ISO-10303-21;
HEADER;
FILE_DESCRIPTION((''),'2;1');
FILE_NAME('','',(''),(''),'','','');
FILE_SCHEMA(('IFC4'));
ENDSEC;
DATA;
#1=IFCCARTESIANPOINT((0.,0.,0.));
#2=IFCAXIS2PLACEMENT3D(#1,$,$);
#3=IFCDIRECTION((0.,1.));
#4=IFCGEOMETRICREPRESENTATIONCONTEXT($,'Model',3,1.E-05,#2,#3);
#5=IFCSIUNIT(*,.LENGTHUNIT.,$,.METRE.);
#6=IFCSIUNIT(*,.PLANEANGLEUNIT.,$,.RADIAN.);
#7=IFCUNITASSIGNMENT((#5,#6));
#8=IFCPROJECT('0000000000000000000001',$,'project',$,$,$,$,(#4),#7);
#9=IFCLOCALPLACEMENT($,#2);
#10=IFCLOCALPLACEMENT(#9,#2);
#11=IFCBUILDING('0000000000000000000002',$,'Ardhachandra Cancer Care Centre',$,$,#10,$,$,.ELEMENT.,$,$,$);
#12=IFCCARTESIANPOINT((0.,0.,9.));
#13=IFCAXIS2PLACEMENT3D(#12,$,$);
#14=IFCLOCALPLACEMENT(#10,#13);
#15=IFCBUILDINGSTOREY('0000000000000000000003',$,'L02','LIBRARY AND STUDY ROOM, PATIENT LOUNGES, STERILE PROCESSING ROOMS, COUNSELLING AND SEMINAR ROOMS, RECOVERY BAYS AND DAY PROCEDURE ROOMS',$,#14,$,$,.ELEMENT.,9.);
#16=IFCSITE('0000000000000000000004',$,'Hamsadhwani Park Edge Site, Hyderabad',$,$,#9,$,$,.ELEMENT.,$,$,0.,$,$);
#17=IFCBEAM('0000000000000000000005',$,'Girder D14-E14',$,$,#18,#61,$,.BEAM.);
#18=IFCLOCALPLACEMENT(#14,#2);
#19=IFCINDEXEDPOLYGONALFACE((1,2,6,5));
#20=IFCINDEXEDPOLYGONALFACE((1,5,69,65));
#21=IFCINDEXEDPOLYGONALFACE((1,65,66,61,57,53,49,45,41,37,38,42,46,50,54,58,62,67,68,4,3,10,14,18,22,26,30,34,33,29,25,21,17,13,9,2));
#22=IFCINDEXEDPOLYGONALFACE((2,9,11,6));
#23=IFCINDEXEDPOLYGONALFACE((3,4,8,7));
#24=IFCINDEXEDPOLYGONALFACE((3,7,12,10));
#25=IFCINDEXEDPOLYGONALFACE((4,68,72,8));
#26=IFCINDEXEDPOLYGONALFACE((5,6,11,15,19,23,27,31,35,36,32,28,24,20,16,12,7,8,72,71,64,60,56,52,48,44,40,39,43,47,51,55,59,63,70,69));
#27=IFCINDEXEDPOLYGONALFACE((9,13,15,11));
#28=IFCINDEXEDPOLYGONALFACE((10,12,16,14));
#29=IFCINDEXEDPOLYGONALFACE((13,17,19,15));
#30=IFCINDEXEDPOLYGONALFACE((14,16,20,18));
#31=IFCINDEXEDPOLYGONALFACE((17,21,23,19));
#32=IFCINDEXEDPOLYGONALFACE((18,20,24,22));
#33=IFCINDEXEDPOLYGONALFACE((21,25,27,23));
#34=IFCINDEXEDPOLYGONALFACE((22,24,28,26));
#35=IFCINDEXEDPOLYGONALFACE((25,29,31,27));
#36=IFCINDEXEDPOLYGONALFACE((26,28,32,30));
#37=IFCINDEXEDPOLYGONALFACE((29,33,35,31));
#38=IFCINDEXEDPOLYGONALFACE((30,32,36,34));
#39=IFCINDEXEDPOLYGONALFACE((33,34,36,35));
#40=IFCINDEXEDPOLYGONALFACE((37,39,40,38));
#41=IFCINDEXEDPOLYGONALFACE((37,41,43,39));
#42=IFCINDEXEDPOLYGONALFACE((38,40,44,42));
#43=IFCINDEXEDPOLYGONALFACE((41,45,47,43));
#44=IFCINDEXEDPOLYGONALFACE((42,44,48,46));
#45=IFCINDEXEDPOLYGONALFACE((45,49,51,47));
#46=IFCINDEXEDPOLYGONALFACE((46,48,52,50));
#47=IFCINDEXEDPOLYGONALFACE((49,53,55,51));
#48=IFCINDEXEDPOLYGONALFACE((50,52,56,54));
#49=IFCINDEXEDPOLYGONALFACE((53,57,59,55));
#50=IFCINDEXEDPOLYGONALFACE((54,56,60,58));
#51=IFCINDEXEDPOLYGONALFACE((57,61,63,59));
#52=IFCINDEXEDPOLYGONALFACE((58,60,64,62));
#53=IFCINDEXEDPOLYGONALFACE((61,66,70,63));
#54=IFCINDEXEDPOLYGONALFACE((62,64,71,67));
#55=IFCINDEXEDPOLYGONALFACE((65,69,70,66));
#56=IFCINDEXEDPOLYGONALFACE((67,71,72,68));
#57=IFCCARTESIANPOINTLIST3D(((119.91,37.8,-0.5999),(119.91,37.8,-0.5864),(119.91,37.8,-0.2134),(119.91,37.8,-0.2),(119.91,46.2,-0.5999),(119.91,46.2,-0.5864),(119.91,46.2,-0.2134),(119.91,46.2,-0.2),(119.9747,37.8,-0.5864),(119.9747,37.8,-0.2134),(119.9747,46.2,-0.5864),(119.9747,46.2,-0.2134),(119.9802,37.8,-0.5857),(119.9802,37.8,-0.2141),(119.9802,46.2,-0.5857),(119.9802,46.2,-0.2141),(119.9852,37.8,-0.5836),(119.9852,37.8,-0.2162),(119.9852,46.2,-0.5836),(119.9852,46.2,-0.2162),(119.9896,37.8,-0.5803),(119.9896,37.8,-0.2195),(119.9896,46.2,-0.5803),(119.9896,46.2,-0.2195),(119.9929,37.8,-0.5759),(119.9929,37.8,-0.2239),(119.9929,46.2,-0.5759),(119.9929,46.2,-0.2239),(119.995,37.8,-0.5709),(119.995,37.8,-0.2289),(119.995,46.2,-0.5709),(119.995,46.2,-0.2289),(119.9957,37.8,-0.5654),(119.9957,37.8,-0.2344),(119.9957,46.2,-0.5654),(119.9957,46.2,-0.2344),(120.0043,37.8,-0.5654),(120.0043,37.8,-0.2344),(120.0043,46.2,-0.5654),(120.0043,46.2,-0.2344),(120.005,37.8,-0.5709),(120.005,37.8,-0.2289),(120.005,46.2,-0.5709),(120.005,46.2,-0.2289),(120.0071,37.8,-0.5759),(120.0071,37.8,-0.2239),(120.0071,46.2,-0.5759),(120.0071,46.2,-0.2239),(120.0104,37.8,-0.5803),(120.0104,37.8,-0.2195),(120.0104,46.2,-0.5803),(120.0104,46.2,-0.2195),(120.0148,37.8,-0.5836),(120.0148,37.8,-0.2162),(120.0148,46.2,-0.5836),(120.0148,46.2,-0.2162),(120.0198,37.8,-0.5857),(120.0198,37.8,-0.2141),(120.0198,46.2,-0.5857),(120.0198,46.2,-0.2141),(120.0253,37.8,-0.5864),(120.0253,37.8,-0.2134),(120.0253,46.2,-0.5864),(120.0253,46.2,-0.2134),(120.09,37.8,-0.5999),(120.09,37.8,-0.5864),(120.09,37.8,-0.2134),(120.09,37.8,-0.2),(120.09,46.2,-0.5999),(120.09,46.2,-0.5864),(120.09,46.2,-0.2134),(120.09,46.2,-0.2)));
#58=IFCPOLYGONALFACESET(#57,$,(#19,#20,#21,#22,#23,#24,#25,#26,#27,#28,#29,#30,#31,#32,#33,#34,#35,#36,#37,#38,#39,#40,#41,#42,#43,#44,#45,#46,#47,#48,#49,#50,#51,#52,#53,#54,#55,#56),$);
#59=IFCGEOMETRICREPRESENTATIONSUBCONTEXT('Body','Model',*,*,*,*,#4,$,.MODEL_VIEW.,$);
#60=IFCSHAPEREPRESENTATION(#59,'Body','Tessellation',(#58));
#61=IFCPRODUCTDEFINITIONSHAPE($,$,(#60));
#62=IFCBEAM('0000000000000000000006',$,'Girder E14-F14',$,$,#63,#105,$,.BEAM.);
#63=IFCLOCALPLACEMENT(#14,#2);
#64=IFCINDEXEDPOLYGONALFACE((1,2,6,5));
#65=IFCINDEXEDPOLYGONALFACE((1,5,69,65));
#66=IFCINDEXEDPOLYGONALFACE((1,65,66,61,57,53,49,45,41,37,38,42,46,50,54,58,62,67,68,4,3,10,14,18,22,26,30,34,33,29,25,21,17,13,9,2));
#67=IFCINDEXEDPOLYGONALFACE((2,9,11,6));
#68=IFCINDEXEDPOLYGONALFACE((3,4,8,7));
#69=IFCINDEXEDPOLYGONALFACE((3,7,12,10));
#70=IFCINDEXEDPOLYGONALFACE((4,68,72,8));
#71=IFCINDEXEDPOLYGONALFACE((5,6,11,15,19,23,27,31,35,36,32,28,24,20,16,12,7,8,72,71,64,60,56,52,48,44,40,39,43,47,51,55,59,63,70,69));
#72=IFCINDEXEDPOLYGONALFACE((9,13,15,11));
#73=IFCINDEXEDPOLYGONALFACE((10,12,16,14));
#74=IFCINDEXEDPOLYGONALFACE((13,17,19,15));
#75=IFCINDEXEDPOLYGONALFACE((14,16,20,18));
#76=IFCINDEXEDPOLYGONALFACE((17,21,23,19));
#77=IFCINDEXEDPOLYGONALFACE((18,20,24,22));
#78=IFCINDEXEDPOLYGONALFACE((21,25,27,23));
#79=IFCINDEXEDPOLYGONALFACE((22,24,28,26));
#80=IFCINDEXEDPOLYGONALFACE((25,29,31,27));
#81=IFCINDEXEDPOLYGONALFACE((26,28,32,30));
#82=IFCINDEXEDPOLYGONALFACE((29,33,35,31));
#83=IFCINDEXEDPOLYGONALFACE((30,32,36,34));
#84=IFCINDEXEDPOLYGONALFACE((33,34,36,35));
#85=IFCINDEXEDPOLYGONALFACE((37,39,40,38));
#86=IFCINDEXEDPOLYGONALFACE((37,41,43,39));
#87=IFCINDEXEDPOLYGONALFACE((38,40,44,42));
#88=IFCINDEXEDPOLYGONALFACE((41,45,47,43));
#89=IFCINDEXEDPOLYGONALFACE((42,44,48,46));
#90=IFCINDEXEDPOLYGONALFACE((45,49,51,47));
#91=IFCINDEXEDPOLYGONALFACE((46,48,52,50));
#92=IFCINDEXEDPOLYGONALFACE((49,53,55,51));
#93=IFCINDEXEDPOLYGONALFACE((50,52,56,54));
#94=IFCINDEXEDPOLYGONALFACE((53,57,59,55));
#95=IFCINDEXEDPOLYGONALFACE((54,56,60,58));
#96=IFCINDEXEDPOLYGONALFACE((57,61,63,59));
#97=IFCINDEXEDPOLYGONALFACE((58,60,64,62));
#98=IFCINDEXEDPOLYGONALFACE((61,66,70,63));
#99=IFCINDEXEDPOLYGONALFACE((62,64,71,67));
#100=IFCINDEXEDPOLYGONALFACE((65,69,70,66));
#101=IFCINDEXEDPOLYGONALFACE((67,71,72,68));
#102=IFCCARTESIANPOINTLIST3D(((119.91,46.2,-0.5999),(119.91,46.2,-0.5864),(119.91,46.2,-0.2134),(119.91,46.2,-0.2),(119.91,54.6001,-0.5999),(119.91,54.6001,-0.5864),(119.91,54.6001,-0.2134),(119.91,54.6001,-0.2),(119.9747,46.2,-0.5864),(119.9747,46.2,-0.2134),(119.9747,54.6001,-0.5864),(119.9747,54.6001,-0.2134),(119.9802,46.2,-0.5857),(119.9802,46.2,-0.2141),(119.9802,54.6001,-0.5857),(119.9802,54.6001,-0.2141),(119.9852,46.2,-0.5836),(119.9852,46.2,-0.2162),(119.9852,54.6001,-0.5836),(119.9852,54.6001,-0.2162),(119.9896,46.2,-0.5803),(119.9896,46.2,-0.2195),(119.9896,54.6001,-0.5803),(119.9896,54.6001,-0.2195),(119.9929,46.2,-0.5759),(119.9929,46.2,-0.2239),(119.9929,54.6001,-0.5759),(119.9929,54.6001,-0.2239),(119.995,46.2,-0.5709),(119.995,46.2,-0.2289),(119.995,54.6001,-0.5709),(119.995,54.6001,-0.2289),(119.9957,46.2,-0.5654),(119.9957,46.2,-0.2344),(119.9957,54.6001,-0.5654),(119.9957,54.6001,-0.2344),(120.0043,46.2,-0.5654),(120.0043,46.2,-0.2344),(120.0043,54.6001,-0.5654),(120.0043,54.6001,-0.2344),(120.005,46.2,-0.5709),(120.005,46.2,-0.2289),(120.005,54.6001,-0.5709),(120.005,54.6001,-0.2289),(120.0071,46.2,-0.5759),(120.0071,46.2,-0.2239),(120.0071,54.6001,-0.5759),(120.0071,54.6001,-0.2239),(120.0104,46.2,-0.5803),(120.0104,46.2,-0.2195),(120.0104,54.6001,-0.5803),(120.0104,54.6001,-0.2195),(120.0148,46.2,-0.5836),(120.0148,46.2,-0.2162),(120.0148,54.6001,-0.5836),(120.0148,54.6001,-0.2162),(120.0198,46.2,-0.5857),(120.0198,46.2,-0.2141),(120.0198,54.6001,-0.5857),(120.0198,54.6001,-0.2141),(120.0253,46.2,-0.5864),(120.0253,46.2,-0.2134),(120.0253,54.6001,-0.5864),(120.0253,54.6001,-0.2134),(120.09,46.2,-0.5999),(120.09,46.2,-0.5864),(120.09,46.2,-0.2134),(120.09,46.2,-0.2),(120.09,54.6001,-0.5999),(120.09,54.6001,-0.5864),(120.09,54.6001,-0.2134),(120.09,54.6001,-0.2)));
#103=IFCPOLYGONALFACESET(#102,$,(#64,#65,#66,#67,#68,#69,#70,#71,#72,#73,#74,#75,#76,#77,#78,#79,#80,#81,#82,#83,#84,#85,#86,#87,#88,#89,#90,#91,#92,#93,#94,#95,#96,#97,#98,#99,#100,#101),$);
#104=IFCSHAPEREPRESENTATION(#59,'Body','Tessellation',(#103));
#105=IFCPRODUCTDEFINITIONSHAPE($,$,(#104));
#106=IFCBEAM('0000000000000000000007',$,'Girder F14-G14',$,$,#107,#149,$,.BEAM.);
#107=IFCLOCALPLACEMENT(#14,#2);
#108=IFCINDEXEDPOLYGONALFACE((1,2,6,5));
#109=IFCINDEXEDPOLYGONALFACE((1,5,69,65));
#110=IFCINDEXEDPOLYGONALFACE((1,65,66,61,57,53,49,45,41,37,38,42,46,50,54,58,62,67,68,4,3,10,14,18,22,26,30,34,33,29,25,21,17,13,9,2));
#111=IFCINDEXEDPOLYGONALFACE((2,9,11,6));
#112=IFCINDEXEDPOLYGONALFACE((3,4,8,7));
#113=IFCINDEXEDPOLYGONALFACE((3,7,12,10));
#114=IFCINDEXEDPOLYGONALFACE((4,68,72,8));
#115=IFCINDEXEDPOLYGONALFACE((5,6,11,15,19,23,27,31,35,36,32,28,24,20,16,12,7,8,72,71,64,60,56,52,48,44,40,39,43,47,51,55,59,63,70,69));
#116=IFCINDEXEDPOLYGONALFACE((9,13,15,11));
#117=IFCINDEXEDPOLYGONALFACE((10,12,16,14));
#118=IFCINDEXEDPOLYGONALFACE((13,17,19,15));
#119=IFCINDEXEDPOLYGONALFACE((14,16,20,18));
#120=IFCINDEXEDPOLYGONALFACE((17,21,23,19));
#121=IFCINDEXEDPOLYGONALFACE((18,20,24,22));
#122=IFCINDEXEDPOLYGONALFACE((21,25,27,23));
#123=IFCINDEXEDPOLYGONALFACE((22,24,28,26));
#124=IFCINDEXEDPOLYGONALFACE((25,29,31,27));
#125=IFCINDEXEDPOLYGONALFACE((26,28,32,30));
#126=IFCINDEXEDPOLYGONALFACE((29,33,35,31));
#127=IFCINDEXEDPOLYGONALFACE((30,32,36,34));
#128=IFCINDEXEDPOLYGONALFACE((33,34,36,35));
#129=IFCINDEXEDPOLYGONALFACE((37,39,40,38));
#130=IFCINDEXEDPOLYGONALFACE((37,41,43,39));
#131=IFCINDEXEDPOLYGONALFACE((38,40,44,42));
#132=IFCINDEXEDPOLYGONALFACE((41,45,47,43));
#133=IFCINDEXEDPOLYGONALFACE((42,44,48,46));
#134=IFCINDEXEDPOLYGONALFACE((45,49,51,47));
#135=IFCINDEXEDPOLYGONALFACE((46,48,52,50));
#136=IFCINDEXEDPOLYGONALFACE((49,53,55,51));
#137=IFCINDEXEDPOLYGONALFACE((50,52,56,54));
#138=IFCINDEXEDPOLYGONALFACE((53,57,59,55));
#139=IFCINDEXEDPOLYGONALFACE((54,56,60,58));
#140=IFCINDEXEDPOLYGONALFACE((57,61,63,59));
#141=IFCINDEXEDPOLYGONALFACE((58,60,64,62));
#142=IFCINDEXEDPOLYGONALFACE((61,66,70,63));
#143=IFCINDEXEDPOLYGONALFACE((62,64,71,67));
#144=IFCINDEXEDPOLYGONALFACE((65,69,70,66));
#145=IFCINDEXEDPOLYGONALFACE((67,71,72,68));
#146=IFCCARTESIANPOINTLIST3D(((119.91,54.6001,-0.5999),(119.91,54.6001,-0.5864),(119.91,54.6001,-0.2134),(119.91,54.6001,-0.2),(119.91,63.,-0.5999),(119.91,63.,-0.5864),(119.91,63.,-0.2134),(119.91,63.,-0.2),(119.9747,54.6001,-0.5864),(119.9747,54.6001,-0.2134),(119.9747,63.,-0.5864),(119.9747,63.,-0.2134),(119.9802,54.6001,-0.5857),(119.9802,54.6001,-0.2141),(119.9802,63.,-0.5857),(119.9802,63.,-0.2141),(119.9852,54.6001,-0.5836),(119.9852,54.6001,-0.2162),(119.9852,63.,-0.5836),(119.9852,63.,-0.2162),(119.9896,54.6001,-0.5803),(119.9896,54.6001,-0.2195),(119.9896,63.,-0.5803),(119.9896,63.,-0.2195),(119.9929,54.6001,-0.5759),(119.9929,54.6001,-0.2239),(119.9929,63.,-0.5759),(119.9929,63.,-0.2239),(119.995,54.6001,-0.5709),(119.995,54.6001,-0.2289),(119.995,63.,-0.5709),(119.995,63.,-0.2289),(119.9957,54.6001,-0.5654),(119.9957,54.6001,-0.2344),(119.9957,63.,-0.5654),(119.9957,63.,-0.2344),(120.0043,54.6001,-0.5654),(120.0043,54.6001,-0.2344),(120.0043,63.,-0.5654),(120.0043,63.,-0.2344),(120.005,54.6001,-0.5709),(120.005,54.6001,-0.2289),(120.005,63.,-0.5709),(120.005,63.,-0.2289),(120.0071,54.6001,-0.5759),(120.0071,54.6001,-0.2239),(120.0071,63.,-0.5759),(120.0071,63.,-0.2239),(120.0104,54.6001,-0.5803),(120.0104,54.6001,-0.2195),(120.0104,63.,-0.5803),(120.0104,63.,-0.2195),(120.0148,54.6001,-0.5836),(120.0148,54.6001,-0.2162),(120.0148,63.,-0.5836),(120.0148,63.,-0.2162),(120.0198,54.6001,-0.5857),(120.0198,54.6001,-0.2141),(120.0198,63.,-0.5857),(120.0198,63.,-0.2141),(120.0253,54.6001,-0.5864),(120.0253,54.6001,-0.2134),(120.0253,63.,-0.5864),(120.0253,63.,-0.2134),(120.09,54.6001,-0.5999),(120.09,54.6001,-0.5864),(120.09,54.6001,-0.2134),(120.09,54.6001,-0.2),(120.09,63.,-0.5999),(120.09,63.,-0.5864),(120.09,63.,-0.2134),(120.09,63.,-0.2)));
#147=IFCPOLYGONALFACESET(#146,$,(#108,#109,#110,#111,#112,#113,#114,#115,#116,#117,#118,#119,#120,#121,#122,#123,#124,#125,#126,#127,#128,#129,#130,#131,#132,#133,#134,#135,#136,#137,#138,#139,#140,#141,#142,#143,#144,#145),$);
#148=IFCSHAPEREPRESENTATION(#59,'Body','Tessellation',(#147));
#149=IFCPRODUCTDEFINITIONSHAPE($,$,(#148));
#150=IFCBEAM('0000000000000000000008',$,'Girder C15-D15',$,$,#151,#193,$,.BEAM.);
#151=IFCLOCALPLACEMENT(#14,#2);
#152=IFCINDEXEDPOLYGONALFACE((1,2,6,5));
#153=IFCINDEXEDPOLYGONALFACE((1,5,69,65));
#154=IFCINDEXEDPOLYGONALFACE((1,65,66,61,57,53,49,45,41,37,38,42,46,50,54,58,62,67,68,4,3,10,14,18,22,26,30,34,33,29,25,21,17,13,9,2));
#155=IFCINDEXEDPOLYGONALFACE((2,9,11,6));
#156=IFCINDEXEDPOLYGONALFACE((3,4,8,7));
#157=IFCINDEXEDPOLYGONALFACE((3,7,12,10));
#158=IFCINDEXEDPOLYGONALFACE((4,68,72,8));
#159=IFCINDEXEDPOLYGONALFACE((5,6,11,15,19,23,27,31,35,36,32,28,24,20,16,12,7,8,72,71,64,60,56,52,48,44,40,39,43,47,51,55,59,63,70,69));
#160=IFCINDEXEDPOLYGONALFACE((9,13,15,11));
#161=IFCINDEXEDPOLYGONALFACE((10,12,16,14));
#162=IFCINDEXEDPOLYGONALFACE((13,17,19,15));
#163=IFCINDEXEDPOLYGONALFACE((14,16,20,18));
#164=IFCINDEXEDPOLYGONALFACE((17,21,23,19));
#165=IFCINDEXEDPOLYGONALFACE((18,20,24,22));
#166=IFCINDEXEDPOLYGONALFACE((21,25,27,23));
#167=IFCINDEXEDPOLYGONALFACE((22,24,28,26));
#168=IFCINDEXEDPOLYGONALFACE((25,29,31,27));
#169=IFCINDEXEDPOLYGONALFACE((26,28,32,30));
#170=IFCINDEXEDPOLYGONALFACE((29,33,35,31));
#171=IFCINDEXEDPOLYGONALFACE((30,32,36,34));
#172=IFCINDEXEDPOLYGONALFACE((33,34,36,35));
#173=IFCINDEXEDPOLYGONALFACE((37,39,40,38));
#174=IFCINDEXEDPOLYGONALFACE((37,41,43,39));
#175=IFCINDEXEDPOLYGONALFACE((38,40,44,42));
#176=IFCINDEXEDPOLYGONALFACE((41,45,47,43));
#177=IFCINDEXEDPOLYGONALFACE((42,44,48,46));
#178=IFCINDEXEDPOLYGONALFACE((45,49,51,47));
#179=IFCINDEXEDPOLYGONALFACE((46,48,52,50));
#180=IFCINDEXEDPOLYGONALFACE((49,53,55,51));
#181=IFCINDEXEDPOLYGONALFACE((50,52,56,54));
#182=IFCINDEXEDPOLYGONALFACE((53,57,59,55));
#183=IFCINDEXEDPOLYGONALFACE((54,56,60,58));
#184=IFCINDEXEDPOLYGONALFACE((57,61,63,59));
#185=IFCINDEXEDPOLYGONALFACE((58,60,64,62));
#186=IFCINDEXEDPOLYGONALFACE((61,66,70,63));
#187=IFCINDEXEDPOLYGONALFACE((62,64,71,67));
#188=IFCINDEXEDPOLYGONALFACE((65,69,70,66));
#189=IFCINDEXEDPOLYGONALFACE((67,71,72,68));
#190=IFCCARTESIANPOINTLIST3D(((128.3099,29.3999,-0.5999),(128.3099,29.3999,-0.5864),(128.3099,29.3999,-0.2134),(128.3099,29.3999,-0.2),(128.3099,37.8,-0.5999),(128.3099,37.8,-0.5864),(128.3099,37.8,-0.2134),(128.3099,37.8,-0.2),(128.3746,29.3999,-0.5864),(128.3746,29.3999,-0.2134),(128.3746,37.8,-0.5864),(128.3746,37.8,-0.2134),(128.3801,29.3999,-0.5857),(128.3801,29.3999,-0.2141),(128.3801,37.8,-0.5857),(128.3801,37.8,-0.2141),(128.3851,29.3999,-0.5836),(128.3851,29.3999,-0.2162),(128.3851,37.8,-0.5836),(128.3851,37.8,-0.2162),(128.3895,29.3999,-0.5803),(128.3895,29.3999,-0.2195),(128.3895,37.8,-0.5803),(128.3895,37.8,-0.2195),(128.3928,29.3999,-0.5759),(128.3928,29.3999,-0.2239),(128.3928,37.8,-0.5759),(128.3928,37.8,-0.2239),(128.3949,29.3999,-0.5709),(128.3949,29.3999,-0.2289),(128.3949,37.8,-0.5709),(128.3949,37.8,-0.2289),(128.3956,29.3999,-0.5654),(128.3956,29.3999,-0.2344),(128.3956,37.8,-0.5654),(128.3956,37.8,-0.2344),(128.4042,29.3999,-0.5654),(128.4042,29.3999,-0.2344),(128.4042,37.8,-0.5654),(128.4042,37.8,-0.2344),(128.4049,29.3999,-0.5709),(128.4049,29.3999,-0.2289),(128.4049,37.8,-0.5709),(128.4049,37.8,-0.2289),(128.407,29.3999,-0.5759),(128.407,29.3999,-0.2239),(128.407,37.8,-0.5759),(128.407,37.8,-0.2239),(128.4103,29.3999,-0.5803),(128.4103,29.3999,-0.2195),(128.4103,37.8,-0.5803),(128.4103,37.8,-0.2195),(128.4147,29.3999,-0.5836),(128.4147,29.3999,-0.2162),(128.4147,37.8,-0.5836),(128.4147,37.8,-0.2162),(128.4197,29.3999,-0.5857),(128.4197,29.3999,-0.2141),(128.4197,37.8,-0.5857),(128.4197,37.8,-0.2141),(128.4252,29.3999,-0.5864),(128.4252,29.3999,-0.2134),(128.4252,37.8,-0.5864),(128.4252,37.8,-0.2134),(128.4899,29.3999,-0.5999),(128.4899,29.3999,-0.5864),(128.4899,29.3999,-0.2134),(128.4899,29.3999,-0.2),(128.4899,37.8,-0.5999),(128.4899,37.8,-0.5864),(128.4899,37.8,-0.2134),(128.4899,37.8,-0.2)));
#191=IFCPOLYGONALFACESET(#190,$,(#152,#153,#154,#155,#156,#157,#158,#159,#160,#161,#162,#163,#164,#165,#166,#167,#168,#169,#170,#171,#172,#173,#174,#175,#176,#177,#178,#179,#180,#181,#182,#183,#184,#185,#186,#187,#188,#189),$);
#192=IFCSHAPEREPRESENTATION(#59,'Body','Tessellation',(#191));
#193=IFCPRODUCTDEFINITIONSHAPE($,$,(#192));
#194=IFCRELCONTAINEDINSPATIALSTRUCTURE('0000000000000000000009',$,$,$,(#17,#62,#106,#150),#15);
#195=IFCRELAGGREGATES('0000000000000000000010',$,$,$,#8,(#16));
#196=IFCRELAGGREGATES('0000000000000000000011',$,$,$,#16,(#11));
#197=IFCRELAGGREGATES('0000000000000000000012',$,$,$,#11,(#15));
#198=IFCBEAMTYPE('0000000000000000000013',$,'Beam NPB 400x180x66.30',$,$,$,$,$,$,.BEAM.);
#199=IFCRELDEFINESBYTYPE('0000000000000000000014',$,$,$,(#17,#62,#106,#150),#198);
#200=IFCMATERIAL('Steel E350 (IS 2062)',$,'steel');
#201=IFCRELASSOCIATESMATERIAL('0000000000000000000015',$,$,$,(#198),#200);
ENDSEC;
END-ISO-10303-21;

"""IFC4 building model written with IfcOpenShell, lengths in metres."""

from ifc_helpers import new_model, si_unit, direction, frame, origin, origin_2d, place, context, subcontext, project, spatial, i_section, extrude, material, material_profile, profile_set, type_object, element, save


model = new_model("IFC4")

# Units and contexts
model_context = context("Model", 3, precision=1e-05, world=origin(), true_north=direction((0.0, 1.0)))
body_context = subcontext(model_context, "Body", "Model", "MODEL_VIEW")
ifc_project = project(units=[si_unit("LENGTHUNIT", "METRE"), si_unit("PLANEANGLEUNIT", "RADIAN")], contexts=[model_context])

# Site, building, storey
site_placement = place(None, origin())
site = spatial("IfcSite", under=ifc_project, at=site_placement, Name="Hamsadhwani Park Edge Site, Hyderabad", CompositionType="ELEMENT", RefElevation=0.0)
building_placement = place(site_placement, origin())
building = spatial("IfcBuilding", under=site, at=building_placement, Name="Ardhachandra Cancer Care Centre", CompositionType="ELEMENT")
storey_placement = place(building_placement, frame((0.0, 0.0, 9.0)))
storey = spatial("IfcBuildingStorey", under=building, at=storey_placement, Name="L02", Description="LIBRARY AND STUDY ROOM, PATIENT LOUNGES, STERILE PROCESSING ROOMS, COUNSELLING AND SEMINAR ROOMS, RECOVERY BAYS AND DAY PROCEDURE ROOMS", CompositionType="ELEMENT", Elevation=9.0)

# Beams
ifc_material_1 = material(Name="Steel E350 (IS 2062)", Category="steel")
ifc_material_profile_1 = material_profile(ifc_material_1, i_section(OverallWidth=0.1799, OverallDepth=0.3999, WebThickness=0.0085, FlangeThickness=0.0134, FilletRadius=0.021, at=origin_2d()), Name="NPB 400x180x66.30")
ifc_profile_set_1 = profile_set([ifc_material_profile_1], Name="Steel E350 (IS 2062)")
beam_type_1 = type_object("IfcBeamType", Name="Beam NPB 400x180x66.30", PredefinedType="BEAM", material=ifc_profile_set_1)
beam_1_placement = place(storey_placement, frame((120.0, 37.8, -0.3999), z_axis=(0.0, 1.0, 0.0), x_axis=(-1.0, 0.0, 0.0)))
element("IfcBeam", 1, at=beam_1_placement, inside=storey, type_object=beam_type_1, Name="Girder D14-E14", PredefinedType="BEAM", context=body_context, shape_type="SweptSolid", body=[
    extrude(i_section(OverallWidth=0.1799, OverallDepth=0.3999, WebThickness=0.0085, FlangeThickness=0.0134, FilletRadius=0.021, at=origin_2d()), origin(), (0.0, 0.0, 1.0), 8.3999),
])
beam_2_placement = place(storey_placement, frame((120.0, 46.2, -0.3999), z_axis=(0.0, 1.0, 0.0), x_axis=(-1.0, 0.0, 0.0)))
element("IfcBeam", 2, at=beam_2_placement, inside=storey, type_object=beam_type_1, Name="Girder E14-F14", PredefinedType="BEAM", context=body_context, shape_type="SweptSolid", body=[
    extrude(i_section(OverallWidth=0.1799, OverallDepth=0.3999, WebThickness=0.0085, FlangeThickness=0.0134, FilletRadius=0.021, at=origin_2d()), origin(), (0.0, 0.0, 1.0), 8.4001),
])
beam_3_placement = place(storey_placement, frame((120.0, 54.6001, -0.3999), z_axis=(0.0, 1.0, 0.0), x_axis=(-1.0, 0.0, 0.0)))
element("IfcBeam", 3, at=beam_3_placement, inside=storey, type_object=beam_type_1, Name="Girder F14-G14", PredefinedType="BEAM", context=body_context, shape_type="SweptSolid", body=[
    extrude(i_section(OverallWidth=0.1799, OverallDepth=0.3999, WebThickness=0.0085, FlangeThickness=0.0134, FilletRadius=0.021, at=origin_2d()), origin(), (0.0, 0.0, 1.0), 8.3999),
])
beam_4_placement = place(storey_placement, frame((128.3999, 29.3999, -0.3999), z_axis=(0.0, 1.0, 0.0), x_axis=(-1.0, 0.0, 0.0)))
element("IfcBeam", 4, at=beam_4_placement, inside=storey, type_object=beam_type_1, Name="Girder C15-D15", PredefinedType="BEAM", context=body_context, shape_type="SweptSolid", body=[
    extrude(i_section(OverallWidth=0.1799, OverallDepth=0.3999, WebThickness=0.0085, FlangeThickness=0.0134, FilletRadius=0.021, at=origin_2d()), origin(), (0.0, 0.0, 1.0), 8.4001),
])

save(model, "model.ifc")
